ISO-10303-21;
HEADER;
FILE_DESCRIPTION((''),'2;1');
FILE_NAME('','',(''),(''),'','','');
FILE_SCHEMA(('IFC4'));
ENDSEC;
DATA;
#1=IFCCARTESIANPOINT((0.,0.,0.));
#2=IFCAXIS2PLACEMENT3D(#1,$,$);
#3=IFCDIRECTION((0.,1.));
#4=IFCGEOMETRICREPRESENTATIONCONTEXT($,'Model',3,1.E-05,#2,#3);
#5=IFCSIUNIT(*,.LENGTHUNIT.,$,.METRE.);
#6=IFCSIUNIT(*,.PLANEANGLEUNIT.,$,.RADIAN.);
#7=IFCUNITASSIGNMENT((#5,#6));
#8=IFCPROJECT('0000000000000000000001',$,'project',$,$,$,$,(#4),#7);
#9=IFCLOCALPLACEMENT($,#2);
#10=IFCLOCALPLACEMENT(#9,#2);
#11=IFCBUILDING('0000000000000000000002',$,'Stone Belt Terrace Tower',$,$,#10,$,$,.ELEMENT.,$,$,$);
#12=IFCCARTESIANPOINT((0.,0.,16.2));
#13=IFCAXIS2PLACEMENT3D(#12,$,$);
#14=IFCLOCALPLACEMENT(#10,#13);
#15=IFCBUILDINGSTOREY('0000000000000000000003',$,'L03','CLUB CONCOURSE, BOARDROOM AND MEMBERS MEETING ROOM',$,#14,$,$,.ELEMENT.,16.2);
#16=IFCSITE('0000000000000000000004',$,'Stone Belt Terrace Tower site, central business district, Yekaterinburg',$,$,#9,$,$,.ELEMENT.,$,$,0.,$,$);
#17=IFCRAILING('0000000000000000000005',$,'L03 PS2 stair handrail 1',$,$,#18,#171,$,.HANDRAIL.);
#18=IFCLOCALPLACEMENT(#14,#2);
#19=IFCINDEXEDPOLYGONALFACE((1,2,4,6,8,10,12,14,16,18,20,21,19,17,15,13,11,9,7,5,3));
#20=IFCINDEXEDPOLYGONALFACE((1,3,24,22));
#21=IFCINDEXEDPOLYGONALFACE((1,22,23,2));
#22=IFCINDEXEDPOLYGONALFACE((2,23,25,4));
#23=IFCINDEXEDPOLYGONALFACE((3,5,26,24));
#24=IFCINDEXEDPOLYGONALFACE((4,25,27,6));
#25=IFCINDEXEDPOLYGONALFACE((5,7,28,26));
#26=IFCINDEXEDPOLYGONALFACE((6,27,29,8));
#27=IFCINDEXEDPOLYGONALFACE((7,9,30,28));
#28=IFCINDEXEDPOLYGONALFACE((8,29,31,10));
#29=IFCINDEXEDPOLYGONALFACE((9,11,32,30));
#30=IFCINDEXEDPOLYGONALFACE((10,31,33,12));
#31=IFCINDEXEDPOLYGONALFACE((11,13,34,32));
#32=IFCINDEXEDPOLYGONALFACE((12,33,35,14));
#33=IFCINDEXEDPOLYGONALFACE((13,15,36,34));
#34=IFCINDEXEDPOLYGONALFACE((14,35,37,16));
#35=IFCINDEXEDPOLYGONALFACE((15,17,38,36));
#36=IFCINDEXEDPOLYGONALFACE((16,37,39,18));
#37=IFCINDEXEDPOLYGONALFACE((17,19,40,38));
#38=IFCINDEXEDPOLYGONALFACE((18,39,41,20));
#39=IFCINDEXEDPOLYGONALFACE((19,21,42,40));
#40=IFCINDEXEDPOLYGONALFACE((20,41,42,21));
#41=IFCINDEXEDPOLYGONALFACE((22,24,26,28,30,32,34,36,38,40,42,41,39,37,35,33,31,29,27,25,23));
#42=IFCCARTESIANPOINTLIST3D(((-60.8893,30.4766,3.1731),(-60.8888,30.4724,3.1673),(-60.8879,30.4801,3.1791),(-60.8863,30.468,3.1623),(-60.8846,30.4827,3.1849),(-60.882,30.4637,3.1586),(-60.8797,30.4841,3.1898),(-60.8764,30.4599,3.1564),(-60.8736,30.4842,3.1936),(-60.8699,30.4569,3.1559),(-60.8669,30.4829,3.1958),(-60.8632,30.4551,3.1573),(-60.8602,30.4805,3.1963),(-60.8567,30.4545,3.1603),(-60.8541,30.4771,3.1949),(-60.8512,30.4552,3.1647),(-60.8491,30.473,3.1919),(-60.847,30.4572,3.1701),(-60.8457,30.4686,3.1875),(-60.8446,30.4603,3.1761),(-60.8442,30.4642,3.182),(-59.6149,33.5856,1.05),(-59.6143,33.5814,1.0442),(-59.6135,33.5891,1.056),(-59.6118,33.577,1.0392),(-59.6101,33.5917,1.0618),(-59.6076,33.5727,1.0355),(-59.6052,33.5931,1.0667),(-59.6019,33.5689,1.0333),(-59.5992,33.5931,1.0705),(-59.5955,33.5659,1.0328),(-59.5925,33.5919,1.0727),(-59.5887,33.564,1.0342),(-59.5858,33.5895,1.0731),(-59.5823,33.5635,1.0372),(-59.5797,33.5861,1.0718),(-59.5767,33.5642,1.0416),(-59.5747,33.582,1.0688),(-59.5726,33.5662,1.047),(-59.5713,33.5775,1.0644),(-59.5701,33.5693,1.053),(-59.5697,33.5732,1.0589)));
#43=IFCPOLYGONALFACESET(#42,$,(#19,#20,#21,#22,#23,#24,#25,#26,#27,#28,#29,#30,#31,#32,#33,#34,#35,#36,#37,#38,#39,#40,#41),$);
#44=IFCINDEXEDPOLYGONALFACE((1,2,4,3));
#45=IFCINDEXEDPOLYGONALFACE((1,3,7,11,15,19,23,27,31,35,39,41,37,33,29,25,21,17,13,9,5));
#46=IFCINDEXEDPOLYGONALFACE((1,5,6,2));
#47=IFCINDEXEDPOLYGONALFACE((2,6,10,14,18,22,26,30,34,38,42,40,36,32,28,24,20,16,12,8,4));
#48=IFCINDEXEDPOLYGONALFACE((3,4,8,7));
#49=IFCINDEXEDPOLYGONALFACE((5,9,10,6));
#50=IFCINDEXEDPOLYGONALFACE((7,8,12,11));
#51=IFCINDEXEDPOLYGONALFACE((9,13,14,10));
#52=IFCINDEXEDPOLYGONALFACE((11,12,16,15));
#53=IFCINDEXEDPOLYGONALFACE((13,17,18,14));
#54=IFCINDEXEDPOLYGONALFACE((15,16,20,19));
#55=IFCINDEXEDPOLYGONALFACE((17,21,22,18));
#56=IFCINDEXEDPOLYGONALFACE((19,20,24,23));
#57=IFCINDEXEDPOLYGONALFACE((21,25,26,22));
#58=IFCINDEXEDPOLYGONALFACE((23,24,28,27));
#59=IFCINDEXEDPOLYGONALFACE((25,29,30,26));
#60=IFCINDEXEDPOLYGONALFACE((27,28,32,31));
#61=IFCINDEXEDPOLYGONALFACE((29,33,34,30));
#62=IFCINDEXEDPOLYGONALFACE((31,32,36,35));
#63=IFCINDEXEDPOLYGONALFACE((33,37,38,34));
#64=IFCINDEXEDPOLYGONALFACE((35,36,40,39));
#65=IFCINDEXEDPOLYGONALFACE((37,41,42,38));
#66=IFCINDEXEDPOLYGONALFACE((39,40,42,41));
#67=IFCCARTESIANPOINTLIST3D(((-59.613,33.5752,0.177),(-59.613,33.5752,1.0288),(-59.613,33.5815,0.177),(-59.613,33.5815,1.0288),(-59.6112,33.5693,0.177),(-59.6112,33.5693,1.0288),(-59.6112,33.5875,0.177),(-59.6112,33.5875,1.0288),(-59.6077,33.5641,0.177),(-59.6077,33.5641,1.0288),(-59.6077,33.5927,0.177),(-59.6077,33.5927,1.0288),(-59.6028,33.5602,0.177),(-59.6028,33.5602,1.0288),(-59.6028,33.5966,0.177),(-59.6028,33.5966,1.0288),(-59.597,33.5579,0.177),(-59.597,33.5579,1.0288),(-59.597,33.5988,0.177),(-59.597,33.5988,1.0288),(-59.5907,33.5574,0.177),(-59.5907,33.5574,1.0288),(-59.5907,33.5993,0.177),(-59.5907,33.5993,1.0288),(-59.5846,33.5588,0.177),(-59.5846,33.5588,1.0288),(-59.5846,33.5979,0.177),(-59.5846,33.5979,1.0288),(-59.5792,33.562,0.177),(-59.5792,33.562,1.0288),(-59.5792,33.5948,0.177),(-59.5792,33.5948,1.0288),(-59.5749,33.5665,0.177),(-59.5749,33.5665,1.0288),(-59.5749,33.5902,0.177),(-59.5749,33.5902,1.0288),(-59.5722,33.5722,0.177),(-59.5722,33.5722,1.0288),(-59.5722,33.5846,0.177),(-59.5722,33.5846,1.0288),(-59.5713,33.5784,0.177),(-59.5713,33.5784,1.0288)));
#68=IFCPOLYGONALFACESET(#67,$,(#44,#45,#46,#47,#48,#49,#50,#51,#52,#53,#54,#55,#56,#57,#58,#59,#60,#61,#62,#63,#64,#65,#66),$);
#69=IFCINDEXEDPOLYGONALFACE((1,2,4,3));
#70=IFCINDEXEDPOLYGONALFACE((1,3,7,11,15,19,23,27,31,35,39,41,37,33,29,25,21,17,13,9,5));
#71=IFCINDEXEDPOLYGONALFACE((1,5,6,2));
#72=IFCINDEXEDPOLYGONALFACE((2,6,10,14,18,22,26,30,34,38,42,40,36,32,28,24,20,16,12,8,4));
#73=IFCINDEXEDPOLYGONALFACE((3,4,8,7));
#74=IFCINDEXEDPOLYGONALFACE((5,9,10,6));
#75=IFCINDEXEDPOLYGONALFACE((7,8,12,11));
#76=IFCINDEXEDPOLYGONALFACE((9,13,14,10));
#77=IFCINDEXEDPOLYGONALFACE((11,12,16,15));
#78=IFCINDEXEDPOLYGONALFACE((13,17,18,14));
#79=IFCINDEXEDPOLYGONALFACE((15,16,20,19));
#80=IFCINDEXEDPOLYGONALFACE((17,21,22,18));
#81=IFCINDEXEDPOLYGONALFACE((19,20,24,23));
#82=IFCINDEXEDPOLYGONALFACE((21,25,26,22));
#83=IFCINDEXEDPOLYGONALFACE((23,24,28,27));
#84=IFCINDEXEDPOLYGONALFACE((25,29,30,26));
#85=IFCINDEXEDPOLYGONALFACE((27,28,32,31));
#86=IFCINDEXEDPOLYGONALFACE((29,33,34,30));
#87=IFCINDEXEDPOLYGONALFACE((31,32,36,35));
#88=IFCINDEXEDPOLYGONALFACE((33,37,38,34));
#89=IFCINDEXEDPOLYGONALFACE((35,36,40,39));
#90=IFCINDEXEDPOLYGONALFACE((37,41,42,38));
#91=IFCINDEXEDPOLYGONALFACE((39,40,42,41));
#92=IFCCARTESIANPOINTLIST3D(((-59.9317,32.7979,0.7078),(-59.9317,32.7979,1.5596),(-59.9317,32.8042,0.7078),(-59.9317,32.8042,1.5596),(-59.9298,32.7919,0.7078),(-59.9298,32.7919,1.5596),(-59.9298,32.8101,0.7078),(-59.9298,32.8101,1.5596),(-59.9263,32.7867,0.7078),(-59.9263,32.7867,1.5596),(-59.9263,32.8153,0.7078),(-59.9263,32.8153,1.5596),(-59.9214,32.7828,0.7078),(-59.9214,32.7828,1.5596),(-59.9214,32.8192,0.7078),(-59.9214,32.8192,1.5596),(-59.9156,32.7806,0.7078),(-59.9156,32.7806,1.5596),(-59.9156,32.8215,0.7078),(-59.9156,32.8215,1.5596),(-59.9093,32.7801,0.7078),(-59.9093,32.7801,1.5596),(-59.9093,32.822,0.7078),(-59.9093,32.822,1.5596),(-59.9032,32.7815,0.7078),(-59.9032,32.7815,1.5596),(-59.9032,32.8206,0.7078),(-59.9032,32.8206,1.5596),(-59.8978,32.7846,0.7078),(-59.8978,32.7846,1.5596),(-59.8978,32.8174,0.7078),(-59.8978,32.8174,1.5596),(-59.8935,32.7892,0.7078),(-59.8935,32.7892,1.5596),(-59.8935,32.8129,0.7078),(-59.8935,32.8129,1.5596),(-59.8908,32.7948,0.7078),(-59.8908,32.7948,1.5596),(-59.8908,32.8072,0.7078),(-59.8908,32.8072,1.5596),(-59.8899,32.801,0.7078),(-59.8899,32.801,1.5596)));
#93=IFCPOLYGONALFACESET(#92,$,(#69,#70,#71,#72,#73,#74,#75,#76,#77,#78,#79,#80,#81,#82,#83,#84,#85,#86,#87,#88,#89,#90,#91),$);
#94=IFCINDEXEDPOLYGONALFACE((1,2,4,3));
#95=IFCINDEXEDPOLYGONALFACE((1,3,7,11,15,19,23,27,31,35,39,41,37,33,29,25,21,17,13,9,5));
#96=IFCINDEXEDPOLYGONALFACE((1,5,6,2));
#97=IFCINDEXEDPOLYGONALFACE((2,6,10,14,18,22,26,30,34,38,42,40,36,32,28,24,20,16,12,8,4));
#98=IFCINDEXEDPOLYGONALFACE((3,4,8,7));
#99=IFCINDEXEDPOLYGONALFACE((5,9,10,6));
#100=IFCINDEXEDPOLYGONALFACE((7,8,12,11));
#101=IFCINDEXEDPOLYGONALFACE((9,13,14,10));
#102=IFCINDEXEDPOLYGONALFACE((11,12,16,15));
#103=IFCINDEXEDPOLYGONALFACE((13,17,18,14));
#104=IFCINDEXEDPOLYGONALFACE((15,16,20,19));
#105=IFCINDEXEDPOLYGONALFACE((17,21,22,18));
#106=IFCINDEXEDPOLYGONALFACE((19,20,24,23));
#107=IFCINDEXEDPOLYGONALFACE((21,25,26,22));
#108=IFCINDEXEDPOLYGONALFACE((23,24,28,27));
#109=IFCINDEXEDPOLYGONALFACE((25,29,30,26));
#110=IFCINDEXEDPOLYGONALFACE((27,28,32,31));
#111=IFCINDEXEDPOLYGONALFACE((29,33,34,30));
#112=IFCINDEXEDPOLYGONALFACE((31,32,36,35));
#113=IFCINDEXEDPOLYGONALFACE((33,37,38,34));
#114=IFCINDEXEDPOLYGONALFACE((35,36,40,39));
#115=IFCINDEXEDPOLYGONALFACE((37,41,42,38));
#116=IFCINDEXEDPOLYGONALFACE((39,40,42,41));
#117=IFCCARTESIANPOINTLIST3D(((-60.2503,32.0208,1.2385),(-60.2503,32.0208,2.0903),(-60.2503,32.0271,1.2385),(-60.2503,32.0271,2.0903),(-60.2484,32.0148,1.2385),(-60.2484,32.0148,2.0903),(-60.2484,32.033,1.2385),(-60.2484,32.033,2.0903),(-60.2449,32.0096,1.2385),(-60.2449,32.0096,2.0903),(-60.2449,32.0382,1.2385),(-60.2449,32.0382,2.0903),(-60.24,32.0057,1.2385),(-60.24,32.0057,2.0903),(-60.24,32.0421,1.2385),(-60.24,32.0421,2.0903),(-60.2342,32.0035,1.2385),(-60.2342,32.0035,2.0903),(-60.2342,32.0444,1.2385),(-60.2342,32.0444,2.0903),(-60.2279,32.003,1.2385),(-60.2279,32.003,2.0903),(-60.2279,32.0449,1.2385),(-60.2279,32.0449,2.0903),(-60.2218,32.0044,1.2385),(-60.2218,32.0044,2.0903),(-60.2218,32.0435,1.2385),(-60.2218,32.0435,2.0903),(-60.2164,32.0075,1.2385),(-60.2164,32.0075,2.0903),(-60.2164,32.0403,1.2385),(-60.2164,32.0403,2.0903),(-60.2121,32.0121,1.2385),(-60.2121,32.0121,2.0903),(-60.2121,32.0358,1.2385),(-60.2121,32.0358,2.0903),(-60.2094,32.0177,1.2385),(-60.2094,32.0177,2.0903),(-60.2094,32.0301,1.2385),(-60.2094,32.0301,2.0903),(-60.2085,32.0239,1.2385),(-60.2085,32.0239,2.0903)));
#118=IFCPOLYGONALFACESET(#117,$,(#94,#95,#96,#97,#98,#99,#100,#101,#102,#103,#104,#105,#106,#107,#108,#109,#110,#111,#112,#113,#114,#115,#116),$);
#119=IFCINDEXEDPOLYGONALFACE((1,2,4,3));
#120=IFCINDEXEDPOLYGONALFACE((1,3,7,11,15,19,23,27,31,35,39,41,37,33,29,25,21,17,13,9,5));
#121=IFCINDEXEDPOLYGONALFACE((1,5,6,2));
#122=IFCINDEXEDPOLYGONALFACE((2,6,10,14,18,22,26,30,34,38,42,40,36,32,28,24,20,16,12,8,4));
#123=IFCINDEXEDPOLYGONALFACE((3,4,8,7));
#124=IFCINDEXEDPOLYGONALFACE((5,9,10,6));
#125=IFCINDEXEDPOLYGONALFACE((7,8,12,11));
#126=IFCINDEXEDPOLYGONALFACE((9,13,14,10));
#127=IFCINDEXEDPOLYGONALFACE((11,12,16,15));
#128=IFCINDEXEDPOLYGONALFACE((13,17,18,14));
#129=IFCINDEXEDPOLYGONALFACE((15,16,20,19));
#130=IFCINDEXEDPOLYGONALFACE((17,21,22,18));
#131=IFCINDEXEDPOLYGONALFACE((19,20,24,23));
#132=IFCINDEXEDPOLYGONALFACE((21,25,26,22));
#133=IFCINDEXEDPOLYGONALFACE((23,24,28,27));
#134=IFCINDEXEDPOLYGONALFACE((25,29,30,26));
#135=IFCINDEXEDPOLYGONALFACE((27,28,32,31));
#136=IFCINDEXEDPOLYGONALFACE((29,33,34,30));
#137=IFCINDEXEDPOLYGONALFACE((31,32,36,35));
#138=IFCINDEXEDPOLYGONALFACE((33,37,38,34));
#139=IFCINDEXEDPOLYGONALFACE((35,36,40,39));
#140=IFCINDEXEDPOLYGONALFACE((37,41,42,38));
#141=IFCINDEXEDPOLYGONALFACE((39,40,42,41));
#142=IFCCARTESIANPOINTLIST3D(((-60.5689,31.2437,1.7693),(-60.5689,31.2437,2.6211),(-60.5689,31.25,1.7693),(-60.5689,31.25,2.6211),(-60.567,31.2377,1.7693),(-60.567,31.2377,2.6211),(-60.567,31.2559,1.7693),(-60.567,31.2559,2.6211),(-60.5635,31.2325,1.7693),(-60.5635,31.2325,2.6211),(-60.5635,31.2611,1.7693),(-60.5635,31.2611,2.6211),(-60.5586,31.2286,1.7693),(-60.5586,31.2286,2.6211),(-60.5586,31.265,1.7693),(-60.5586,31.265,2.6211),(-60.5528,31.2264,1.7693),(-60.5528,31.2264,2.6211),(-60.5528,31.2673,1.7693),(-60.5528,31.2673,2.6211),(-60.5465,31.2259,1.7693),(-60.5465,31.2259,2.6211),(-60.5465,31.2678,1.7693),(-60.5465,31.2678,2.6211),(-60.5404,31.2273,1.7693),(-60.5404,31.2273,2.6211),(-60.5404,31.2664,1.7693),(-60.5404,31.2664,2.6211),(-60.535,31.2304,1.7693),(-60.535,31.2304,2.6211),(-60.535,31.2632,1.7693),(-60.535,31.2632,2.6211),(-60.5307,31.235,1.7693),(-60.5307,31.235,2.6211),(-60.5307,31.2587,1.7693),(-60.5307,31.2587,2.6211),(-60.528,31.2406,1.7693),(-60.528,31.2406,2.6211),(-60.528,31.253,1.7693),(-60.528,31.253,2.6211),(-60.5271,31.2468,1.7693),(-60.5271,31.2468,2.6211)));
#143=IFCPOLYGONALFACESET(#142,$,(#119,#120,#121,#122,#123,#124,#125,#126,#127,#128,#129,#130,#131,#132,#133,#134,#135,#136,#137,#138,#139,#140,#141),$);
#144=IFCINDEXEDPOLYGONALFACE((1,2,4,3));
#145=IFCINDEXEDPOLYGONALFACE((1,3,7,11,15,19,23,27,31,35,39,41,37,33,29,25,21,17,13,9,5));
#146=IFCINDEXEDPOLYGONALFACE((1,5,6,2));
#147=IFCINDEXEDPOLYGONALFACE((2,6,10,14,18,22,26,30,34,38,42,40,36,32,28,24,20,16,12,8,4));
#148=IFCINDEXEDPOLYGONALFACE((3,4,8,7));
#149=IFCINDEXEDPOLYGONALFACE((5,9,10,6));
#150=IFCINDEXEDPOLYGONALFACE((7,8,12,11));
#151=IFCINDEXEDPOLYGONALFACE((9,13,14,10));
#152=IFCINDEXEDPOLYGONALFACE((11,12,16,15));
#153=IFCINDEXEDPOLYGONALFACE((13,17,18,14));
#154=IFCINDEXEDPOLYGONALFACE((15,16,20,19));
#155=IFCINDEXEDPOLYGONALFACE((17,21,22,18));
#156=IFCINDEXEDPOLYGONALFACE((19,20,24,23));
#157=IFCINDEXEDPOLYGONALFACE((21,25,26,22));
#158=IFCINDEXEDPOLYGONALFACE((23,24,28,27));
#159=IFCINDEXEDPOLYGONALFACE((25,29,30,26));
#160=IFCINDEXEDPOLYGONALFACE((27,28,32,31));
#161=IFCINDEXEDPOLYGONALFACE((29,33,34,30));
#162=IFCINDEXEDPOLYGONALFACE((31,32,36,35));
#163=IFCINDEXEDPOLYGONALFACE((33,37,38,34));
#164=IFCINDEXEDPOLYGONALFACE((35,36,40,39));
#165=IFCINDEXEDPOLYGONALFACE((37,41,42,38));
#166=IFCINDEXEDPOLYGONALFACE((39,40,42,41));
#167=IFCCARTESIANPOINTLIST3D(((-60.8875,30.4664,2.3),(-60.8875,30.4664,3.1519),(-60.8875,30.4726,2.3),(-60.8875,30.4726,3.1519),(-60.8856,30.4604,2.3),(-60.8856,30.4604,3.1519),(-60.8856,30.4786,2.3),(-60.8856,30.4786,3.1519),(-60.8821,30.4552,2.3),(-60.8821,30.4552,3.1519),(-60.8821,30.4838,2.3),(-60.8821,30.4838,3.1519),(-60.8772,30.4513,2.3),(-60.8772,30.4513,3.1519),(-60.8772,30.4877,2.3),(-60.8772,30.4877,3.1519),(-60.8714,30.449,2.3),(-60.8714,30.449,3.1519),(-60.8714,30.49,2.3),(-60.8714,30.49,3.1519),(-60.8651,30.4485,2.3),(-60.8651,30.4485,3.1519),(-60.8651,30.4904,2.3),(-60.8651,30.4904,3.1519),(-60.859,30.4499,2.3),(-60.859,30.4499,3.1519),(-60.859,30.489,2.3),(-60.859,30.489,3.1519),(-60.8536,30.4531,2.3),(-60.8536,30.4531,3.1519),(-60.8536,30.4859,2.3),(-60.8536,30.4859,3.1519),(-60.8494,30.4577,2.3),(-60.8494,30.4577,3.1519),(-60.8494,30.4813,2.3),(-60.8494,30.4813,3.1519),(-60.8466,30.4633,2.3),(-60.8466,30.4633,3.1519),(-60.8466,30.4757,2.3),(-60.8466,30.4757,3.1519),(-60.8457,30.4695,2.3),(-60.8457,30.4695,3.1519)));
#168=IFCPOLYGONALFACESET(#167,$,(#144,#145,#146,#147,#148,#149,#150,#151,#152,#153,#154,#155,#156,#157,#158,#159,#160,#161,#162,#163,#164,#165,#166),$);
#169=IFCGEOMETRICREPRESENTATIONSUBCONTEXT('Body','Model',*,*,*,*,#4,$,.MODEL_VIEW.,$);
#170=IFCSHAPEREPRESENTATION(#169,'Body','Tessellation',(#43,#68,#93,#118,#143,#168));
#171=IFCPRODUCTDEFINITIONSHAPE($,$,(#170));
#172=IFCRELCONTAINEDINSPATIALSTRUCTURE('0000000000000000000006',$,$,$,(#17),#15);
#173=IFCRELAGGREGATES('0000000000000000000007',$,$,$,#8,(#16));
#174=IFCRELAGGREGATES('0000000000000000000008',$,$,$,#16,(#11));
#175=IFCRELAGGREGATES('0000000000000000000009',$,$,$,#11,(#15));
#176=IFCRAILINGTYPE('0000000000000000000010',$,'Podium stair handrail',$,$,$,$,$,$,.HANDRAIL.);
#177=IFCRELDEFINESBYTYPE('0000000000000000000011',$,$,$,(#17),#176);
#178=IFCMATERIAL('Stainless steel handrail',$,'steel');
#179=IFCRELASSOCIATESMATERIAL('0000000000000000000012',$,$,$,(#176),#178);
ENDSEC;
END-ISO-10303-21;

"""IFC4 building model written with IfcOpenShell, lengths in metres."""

from ifc_helpers import new_model, si_unit, direction, frame, origin, origin_2d, place, context, subcontext, project, spatial, circle, extrude, material, type_object, element, save


model = new_model("IFC4")

# Units and contexts
model_context = context("Model", 3, precision=1e-05, world=origin(), true_north=direction((0.0, 1.0)))
body_context = subcontext(model_context, "Body", "Model", "MODEL_VIEW")
ifc_project = project(units=[si_unit("LENGTHUNIT", "METRE"), si_unit("PLANEANGLEUNIT", "RADIAN")], contexts=[model_context])

# Site, building, storey
site_placement = place(None, origin())
site = spatial("IfcSite", under=ifc_project, at=site_placement, Name="Stone Belt Terrace Tower site, central business district, Yekaterinburg", CompositionType="ELEMENT", RefElevation=0.0)
building_placement = place(site_placement, origin())
building = spatial("IfcBuilding", under=site, at=building_placement, Name="Stone Belt Terrace Tower", CompositionType="ELEMENT")
storey_placement = place(building_placement, frame((0.0, 0.0, 16.2)))
storey = spatial("IfcBuildingStorey", under=building, at=storey_placement, Name="L03", Description="CLUB CONCOURSE, BOARDROOM AND MEMBERS MEETING ROOM", CompositionType="ELEMENT", Elevation=16.2)

# Railing
ifc_material_1 = material(Name="Stainless steel handrail", Category="steel")
railing_type_1 = type_object("IfcRailingType", Name="Podium stair handrail", PredefinedType="HANDRAIL", material=ifc_material_1)
railing_1_placement = place(storey_placement, frame((-59.5923, 33.5784, 0.177)))
element("IfcRailing", 1, at=railing_1_placement, inside=storey, type_object=railing_type_1, Name="L03 PS2 stair handrail 1", PredefinedType="HANDRAIL", context=body_context, shape_type="SweptSolid", body=[
    extrude(circle(Radius=0.0239, at=origin_2d()), frame((0.0, 0.0, 0.876), z_axis=(-0.320648, -0.782209, 0.534167), x_axis=(0.925276, -0.379295, 0.0)), (0.0, 0.0, 1.0), 3.9746),
    extrude(circle(Radius=0.021, at=origin_2d()), origin(), (0.0, 0.0, 1.0), 0.8518),
    extrude(circle(Radius=0.021, at=origin_2d()), frame((-0.3186, -0.7773, 0.5308)), (0.0, 0.0, 1.0), 0.8518),
    extrude(circle(Radius=0.021, at=origin_2d()), frame((-0.6372, -1.5544, 1.0615)), (0.0, 0.0, 1.0), 0.8518),
    extrude(circle(Radius=0.021, at=origin_2d()), frame((-0.9558, -2.3315, 1.5923)), (0.0, 0.0, 1.0), 0.8518),
    extrude(circle(Radius=0.021, at=origin_2d()), frame((-1.2744, -3.1089, 2.123)), (0.0, 0.0, 1.0), 0.8518),
])

save(model, "model.ifc")
